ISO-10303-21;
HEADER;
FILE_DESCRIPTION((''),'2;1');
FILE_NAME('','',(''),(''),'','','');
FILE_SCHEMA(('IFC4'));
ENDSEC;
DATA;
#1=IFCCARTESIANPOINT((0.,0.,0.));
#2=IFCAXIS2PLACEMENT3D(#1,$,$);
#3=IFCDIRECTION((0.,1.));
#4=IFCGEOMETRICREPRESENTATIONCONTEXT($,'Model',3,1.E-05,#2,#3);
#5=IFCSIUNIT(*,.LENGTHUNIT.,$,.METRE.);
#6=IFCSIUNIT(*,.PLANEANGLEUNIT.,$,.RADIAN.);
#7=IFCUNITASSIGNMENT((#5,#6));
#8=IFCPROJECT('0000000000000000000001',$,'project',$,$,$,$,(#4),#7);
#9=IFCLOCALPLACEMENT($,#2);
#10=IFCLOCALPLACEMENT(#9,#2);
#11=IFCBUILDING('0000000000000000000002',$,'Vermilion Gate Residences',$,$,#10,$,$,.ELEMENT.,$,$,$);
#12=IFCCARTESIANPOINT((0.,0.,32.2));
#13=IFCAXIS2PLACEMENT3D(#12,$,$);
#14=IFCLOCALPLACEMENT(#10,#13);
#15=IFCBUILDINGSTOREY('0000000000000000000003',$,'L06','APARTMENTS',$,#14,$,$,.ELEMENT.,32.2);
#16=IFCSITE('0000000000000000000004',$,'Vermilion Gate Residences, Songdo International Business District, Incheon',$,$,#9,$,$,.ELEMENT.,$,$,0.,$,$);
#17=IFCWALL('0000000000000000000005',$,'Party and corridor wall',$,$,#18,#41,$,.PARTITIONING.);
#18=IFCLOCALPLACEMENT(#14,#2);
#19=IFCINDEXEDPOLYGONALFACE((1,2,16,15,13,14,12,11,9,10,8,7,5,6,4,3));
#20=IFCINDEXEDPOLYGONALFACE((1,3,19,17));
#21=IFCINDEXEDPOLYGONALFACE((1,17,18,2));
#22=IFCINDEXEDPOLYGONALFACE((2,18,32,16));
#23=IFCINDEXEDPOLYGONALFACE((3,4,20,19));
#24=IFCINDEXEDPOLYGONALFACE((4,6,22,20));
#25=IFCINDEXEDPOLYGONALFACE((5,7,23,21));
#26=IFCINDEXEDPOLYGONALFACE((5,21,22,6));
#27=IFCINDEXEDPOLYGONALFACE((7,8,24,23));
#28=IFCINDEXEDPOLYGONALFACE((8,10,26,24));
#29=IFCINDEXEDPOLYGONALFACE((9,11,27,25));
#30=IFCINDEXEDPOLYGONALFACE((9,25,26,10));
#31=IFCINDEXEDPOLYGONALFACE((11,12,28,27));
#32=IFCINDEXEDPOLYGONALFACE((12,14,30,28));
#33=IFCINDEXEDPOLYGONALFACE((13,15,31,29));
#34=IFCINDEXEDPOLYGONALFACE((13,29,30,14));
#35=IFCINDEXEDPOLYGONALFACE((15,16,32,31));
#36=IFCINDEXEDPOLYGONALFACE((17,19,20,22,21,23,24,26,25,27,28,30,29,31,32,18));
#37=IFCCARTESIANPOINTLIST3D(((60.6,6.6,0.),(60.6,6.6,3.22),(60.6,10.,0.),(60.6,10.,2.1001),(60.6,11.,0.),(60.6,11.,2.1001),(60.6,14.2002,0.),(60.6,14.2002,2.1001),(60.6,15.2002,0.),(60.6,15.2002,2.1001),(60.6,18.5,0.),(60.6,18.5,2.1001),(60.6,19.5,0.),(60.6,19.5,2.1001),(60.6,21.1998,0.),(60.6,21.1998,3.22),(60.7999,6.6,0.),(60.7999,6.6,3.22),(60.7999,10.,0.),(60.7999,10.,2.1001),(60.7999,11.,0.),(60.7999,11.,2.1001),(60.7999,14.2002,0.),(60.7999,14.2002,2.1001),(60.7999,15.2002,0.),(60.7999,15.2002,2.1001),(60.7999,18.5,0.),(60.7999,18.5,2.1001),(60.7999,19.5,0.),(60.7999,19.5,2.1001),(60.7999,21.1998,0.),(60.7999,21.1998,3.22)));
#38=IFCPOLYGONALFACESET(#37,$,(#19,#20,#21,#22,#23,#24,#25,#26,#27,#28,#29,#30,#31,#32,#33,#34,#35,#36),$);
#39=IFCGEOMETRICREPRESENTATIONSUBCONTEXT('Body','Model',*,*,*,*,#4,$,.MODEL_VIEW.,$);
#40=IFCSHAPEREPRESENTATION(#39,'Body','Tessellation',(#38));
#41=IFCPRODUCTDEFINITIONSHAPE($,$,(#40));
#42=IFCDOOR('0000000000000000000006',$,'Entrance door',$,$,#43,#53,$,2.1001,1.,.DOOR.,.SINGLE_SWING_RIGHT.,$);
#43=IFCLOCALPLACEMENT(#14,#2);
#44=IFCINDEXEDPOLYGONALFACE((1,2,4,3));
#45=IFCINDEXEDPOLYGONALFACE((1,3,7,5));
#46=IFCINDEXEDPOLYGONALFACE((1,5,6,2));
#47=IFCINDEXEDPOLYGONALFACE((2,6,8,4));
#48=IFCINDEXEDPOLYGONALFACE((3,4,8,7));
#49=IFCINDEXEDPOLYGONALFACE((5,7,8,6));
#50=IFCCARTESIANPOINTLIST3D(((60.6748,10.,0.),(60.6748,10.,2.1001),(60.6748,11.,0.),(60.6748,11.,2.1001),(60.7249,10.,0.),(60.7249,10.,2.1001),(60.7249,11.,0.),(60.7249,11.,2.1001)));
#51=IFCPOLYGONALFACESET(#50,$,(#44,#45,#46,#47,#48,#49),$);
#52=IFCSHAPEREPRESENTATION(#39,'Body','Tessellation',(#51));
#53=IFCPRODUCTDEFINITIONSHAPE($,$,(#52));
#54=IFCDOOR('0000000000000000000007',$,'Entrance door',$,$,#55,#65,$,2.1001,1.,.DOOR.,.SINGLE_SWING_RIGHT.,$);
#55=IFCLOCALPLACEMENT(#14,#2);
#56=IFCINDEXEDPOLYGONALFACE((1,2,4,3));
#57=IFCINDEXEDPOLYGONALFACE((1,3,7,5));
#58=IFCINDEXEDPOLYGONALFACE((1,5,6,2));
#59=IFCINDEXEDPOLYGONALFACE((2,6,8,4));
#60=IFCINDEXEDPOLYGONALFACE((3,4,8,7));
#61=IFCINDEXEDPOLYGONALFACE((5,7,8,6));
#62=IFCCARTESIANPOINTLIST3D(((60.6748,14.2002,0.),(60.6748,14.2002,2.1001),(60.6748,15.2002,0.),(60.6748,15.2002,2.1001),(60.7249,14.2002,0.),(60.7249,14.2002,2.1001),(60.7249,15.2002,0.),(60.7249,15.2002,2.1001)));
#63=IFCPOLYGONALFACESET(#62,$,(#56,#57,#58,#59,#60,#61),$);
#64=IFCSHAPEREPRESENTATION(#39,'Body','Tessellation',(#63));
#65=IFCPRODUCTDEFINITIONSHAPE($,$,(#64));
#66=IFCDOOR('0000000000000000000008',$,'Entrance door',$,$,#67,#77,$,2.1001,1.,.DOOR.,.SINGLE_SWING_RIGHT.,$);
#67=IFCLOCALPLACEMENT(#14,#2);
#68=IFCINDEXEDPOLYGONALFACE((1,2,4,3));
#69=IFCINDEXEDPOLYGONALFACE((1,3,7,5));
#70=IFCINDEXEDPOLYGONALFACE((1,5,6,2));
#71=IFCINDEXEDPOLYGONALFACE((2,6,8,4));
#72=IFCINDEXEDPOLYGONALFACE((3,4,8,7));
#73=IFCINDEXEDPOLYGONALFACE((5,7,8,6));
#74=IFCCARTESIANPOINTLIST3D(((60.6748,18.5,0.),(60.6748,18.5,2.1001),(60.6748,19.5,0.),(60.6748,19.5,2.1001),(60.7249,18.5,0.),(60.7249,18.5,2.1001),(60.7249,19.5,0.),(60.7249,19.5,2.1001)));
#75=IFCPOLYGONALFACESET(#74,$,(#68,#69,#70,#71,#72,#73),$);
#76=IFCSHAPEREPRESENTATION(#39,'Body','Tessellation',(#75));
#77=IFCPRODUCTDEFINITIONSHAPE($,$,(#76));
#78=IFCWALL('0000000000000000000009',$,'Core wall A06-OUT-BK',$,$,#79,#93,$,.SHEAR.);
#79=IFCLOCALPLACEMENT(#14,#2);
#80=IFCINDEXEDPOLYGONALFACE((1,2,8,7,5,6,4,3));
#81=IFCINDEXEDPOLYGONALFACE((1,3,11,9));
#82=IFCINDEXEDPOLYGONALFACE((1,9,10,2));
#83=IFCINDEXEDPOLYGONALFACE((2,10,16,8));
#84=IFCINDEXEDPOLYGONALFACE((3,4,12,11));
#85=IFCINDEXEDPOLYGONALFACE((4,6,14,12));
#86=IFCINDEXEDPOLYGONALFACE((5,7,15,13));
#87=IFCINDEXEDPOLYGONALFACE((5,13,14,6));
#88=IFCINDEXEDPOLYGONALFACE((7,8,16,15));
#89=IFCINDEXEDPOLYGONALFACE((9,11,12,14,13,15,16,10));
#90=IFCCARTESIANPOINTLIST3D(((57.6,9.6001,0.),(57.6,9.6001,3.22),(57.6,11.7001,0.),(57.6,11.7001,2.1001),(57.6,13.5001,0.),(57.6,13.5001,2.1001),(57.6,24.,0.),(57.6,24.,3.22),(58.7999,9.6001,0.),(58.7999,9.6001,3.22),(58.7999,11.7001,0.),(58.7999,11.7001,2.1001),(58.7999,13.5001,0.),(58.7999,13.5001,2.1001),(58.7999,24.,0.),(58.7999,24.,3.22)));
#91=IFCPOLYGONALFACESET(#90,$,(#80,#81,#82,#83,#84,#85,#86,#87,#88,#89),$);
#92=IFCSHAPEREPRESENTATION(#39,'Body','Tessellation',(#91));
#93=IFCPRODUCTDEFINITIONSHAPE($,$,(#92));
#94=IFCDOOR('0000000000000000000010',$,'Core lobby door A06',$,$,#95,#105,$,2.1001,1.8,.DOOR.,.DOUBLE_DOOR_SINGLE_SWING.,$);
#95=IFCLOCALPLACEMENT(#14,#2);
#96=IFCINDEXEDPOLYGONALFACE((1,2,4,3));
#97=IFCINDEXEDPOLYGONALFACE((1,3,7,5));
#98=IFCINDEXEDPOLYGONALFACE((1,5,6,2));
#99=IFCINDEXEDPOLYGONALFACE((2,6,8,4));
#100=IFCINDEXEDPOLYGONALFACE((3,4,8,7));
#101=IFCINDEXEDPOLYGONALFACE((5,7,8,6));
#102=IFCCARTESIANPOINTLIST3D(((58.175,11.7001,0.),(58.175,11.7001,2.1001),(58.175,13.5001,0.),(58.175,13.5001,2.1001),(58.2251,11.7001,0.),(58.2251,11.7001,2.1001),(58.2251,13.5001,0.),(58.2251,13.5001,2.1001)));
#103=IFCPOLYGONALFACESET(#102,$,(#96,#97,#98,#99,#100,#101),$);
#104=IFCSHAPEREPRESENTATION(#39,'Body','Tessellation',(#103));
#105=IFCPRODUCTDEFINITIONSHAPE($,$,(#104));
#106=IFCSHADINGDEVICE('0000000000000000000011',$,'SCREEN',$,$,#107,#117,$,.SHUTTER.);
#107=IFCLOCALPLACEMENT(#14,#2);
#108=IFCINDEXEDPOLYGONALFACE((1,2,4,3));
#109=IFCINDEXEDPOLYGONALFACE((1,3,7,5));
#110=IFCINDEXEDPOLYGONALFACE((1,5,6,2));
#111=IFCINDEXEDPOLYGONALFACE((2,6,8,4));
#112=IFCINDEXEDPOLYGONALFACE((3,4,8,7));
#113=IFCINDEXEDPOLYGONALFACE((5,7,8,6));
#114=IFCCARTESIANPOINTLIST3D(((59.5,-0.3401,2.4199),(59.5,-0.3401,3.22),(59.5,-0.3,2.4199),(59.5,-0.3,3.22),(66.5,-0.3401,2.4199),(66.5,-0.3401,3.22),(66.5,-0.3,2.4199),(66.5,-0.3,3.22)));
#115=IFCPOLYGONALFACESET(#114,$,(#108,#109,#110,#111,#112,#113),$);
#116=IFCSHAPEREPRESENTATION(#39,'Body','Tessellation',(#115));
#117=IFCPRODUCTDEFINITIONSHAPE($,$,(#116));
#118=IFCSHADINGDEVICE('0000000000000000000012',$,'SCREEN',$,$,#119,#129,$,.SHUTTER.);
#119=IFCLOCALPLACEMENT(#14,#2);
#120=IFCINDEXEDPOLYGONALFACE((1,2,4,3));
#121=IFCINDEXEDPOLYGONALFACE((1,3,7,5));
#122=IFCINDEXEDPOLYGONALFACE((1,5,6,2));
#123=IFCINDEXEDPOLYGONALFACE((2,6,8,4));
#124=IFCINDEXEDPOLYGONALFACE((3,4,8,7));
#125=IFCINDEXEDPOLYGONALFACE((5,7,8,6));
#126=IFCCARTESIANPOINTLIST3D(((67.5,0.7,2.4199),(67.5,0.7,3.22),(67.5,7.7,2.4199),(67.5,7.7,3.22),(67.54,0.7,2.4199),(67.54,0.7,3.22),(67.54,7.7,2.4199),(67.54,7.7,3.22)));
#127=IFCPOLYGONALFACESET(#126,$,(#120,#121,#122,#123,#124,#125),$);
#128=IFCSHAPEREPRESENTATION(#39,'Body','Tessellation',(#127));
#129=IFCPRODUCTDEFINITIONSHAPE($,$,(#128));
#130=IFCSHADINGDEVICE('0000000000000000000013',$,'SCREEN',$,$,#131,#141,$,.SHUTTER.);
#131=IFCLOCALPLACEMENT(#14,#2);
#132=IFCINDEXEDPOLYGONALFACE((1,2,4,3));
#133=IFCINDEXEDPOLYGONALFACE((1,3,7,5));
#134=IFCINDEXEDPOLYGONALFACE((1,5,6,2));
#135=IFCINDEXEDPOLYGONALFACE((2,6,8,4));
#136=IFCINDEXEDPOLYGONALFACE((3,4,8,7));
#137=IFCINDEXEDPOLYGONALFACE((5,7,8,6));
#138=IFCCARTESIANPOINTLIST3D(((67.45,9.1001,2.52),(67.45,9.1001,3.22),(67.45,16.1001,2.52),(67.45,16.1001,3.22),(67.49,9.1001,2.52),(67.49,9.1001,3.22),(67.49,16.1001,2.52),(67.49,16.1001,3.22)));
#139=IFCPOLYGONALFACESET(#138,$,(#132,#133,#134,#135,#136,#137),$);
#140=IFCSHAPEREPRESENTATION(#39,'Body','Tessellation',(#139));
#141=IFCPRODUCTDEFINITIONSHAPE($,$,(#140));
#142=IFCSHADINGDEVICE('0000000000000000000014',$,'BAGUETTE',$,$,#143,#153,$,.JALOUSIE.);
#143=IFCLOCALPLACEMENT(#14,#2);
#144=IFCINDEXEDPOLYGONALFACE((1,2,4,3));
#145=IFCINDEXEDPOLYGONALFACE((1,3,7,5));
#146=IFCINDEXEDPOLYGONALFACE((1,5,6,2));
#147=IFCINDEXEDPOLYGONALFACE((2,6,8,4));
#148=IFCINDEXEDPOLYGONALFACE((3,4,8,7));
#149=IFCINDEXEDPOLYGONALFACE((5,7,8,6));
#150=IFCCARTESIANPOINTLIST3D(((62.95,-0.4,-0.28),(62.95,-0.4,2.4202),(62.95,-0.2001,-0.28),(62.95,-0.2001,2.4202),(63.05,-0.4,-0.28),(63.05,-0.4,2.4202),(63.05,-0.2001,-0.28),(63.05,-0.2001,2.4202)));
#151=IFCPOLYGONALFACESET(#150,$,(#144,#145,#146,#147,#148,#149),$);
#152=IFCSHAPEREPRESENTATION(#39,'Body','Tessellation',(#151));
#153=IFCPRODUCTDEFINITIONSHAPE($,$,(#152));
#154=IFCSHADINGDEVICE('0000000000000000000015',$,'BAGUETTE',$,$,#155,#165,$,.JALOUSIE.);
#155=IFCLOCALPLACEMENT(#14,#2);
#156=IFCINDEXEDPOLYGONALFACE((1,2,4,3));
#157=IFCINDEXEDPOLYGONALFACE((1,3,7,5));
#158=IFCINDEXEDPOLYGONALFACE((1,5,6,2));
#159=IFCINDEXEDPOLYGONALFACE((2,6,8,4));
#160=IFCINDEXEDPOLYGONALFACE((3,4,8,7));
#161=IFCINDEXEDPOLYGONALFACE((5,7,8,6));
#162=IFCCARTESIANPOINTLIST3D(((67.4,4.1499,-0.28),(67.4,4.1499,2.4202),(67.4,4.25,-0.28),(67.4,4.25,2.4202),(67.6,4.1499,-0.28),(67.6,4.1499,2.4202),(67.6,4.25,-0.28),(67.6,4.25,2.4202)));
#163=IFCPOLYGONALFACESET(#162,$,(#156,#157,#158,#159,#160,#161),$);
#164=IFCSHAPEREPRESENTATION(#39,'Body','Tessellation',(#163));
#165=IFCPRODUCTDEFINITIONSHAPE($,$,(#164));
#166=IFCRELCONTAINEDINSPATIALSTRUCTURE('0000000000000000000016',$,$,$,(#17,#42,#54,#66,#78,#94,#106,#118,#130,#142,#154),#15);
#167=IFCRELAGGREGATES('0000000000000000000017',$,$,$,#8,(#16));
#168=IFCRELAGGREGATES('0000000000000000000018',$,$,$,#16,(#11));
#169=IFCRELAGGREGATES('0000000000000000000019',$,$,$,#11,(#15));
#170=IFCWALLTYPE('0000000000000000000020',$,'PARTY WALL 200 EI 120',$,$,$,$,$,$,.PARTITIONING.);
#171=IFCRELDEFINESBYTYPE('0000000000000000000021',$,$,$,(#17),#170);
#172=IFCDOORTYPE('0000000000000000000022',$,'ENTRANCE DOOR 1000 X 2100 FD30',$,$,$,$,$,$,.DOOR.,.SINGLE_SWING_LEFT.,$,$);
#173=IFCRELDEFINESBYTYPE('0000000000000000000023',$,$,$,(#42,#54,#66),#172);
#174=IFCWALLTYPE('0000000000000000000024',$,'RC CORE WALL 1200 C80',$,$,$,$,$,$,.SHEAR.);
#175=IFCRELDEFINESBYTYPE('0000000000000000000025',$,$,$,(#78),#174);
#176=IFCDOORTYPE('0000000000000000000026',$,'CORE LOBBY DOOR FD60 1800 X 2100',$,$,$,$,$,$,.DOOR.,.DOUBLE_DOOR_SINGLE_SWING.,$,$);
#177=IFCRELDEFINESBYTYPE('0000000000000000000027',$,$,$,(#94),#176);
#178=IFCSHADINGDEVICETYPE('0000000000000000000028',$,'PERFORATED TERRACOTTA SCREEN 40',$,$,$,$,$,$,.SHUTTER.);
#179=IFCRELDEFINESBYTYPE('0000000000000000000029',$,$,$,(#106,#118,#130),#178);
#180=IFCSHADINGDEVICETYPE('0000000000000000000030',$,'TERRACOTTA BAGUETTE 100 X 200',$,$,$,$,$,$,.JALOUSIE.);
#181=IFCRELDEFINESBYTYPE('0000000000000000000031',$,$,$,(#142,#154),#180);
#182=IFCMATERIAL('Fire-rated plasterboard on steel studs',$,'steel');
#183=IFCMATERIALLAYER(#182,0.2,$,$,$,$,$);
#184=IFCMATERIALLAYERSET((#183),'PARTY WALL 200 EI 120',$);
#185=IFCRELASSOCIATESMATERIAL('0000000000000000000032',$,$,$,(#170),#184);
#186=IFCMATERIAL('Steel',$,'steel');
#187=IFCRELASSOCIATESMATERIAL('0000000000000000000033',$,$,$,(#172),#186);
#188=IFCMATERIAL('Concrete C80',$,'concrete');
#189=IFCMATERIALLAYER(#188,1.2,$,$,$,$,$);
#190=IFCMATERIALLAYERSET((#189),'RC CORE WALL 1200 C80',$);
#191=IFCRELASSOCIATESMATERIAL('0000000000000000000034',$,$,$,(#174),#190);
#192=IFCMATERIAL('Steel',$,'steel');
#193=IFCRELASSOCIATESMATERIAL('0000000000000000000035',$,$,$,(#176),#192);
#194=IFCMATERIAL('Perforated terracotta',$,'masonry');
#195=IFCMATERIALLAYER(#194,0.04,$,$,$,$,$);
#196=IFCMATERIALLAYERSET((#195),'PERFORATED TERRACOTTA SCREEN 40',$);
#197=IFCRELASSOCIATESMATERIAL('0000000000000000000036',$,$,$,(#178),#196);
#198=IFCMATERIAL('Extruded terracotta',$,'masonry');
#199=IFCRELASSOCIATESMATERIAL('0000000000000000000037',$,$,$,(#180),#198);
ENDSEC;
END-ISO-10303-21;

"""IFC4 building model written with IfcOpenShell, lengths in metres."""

from ifc_helpers import new_model, si_unit, direction, frame, frame_2d, origin, origin_2d, place, context, subcontext, project, spatial, rectangle, extrude, material, layer, layer_set, material_profile, profile_set, type_object, element, fill, save


model = new_model("IFC4")

# Units and contexts
model_context = context("Model", 3, precision=1e-05, world=origin(), true_north=direction((0.0, 1.0)))
body_context = subcontext(model_context, "Body", "Model", "MODEL_VIEW")
ifc_project = project(units=[si_unit("LENGTHUNIT", "METRE"), si_unit("PLANEANGLEUNIT", "RADIAN")], contexts=[model_context])

# Site, building, storey
site_placement = place(None, origin())
site = spatial("IfcSite", under=ifc_project, at=site_placement, Name="Vermilion Gate Residences, Songdo International Business District, Incheon", CompositionType="ELEMENT", RefElevation=0.0)
building_placement = place(site_placement, origin())
building = spatial("IfcBuilding", under=site, at=building_placement, Name="Vermilion Gate Residences", CompositionType="ELEMENT")
storey_placement = place(building_placement, frame((0.0, 0.0, 32.2)))
storey = spatial("IfcBuildingStorey", under=building, at=storey_placement, Name="L06", Description="APARTMENTS", CompositionType="ELEMENT", Elevation=32.2)

# Shared definitions
ifc_material_1 = material(Name="Fire-rated plasterboard on steel studs", Category="steel")
ifc_layer_1 = layer(ifc_material_1, 0.2)
ifc_layer_set_1 = layer_set([ifc_layer_1], Name="PARTY WALL 200 EI 120")
wall_type_1 = type_object("IfcWallType", Name="PARTY WALL 200 EI 120", PredefinedType="PARTITIONING", material=ifc_layer_set_1)

# Wall, openings, doors
wall_1_placement = place(storey_placement, frame((60.7, 6.6001, 0.0), z_axis=(0.0, 0.0, 1.0), x_axis=(0.0, 1.0, 0.0)))
wall_1 = element("IfcWall", 1, at=wall_1_placement, inside=storey, type_object=wall_type_1, Name="Party and corridor wall", PredefinedType="PARTITIONING", context=body_context, shape_type="SweptSolid", body=[
    extrude(rectangle(XDim=14.5999, YDim=0.2, at=frame_2d((7.2998, 0.0))), origin(), (0.0, 0.0, 1.0), 3.22),
])
opening_1_placement = place(wall_1_placement, frame((3.3999, 0.0, 0.0)))
opening_1 = element("IfcOpeningElement", 2, at=opening_1_placement, cuts=wall_1, PredefinedType="OPENING", context=body_context, shape_type="SweptSolid", body=[
    extrude(rectangle(XDim=1.0, YDim=2.1001, at=frame_2d((0.5, 1.05))), frame((0.0, 0.1099, 0.0), z_axis=(0.0, -1.0, 0.0), x_axis=(1.0, 0.0, 0.0)), (0.0, 0.0, 1.0), 0.22),
])
opening_2_placement = place(wall_1_placement, frame((7.6001, 0.0, 0.0)))
opening_2 = element("IfcOpeningElement", 3, at=opening_2_placement, cuts=wall_1, PredefinedType="OPENING", context=body_context, shape_type="SweptSolid", body=[
    extrude(rectangle(XDim=1.0, YDim=2.1001, at=frame_2d((0.5, 1.05))), frame((0.0, 0.1099, 0.0), z_axis=(0.0, -1.0, 0.0), x_axis=(1.0, 0.0, 0.0)), (0.0, 0.0, 1.0), 0.22),
])
opening_3_placement = place(wall_1_placement, frame((11.8999, 0.0, 0.0)))
opening_3 = element("IfcOpeningElement", 4, at=opening_3_placement, cuts=wall_1, PredefinedType="OPENING", context=body_context, shape_type="SweptSolid", body=[
    extrude(rectangle(XDim=1.0, YDim=2.1001, at=frame_2d((0.5, 1.05))), frame((0.0, 0.1099, 0.0), z_axis=(0.0, -1.0, 0.0), x_axis=(1.0, 0.0, 0.0)), (0.0, 0.0, 1.0), 0.22),
])
ifc_material_2 = material(Name="Steel", Category="steel")
door_type_1 = type_object("IfcDoorType", Name="ENTRANCE DOOR 1000 X 2100 FD30", OperationType="SINGLE_SWING_LEFT", PredefinedType="DOOR", material=ifc_material_2)
door_1_placement = place(opening_1_placement, frame((1.0, 0.0, 0.0), z_axis=(0.0, 0.0, 1.0), x_axis=(-1.0, 0.0, 0.0)))
door_1 = element("IfcDoor", 5, at=door_1_placement, inside=storey, type_object=door_type_1, Name="Entrance door", OperationType="SINGLE_SWING_RIGHT", OverallHeight=2.1001, OverallWidth=1.0, PredefinedType="DOOR", context=body_context, shape_type="SweptSolid", body=[
    extrude(rectangle(XDim=1.0, YDim=2.1001, at=frame_2d((0.5, 1.05))), frame((0.0, 0.0249, 0.0), z_axis=(0.0, -1.0, 0.0), x_axis=(1.0, 0.0, 0.0)), (0.0, 0.0, 1.0), 0.05),
])
fill(opening_1, door_1)
door_2_placement = place(opening_2_placement, frame((1.0, 0.0, 0.0), z_axis=(0.0, 0.0, 1.0), x_axis=(-1.0, 0.0, 0.0)))
door_2 = element("IfcDoor", 6, at=door_2_placement, inside=storey, type_object=door_type_1, Name="Entrance door", OperationType="SINGLE_SWING_RIGHT", OverallHeight=2.1001, OverallWidth=1.0, PredefinedType="DOOR", context=body_context, shape_type="SweptSolid", body=[
    extrude(rectangle(XDim=1.0, YDim=2.1001, at=frame_2d((0.5, 1.05))), frame((0.0, 0.0249, 0.0), z_axis=(0.0, -1.0, 0.0), x_axis=(1.0, 0.0, 0.0)), (0.0, 0.0, 1.0), 0.05),
])
fill(opening_2, door_2)
door_3_placement = place(opening_3_placement, frame((1.0, 0.0, 0.0), z_axis=(0.0, 0.0, 1.0), x_axis=(-1.0, 0.0, 0.0)))
door_3 = element("IfcDoor", 7, at=door_3_placement, inside=storey, type_object=door_type_1, Name="Entrance door", OperationType="SINGLE_SWING_RIGHT", OverallHeight=2.1001, OverallWidth=1.0, PredefinedType="DOOR", context=body_context, shape_type="SweptSolid", body=[
    extrude(rectangle(XDim=1.0, YDim=2.1001, at=frame_2d((0.5, 1.05))), frame((0.0, 0.0249, 0.0), z_axis=(0.0, -1.0, 0.0), x_axis=(1.0, 0.0, 0.0)), (0.0, 0.0, 1.0), 0.05),
])
fill(opening_3, door_3)

# Wall, opening, door
ifc_material_3 = material(Name="Concrete C80", Category="concrete")
ifc_layer_2 = layer(ifc_material_3, 1.2)
ifc_layer_set_2 = layer_set([ifc_layer_2], Name="RC CORE WALL 1200 C80")
wall_type_2 = type_object("IfcWallType", Name="RC CORE WALL 1200 C80", PredefinedType="SHEAR", material=ifc_layer_set_2)
wall_2_placement = place(storey_placement, frame((58.2, 9.6001, 0.0), z_axis=(0.0, 0.0, 1.0), x_axis=(0.0, 1.0, 0.0)))
wall_2 = element("IfcWall", 8, at=wall_2_placement, inside=storey, type_object=wall_type_2, Name="Core wall A06-OUT-BK", PredefinedType="SHEAR", context=body_context, shape_type="SweptSolid", body=[
    extrude(rectangle(XDim=14.3999, YDim=1.2, at=frame_2d((7.2, 0.0))), origin(), (0.0, 0.0, 1.0), 3.22),
])
opening_4_placement = place(wall_2_placement, frame((2.1001, 0.0, 0.0)))
opening_4 = element("IfcOpeningElement", 9, at=opening_4_placement, cuts=wall_2, PredefinedType="OPENING", context=body_context, shape_type="SweptSolid", body=[
    extrude(rectangle(XDim=1.8, YDim=2.1001, at=frame_2d((0.8999, 1.05))), frame((0.0, 0.6099, 0.0), z_axis=(0.0, -1.0, 0.0), x_axis=(1.0, 0.0, 0.0)), (0.0, 0.0, 1.0), 1.22),
])
ifc_material_4 = material(Name="Steel", Category="steel")
door_type_2 = type_object("IfcDoorType", Name="CORE LOBBY DOOR FD60 1800 X 2100", OperationType="DOUBLE_DOOR_SINGLE_SWING", PredefinedType="DOOR", material=ifc_material_4)
door_4_placement = place(opening_4_placement, origin())
door_4 = element("IfcDoor", 10, at=door_4_placement, inside=storey, type_object=door_type_2, Name="Core lobby door A06", OperationType="DOUBLE_DOOR_SINGLE_SWING", OverallHeight=2.1001, OverallWidth=1.8, PredefinedType="DOOR", context=body_context, shape_type="SweptSolid", body=[
    extrude(rectangle(XDim=1.8, YDim=2.1001, at=frame_2d((0.8999, 1.05))), frame((0.0, 0.0249, 0.0), z_axis=(0.0, -1.0, 0.0), x_axis=(1.0, 0.0, 0.0)), (0.0, 0.0, 1.0), 0.05),
])
fill(opening_4, door_4)

# Shading devices
ifc_material_5 = material(Name="Perforated terracotta", Category="masonry")
ifc_layer_3 = layer(ifc_material_5, 0.04)
ifc_layer_set_3 = layer_set([ifc_layer_3], Name="PERFORATED TERRACOTTA SCREEN 40")
shading_device_type_1 = type_object("IfcShadingDeviceType", Name="PERFORATED TERRACOTTA SCREEN 40", PredefinedType="SHUTTER", material=ifc_layer_set_3)
for number, where, z_axis, x_axis, name in (
    (11, (63.0, -0.3201, 2.4199), (0.0, 0.0, 1.0), (1.0, 0.0, 0.0), "SCREEN"),
    (12, (67.52, 4.2, 2.4199), (0.0, 0.0, 1.0), (0.0, 1.0, 0.0), "SCREEN"),
):
    element("IfcShadingDevice", number, at=place(storey_placement, frame(where, z_axis=z_axis, x_axis=x_axis)), inside=storey, type_object=shading_device_type_1, Name=name, PredefinedType="SHUTTER", context=body_context, shape_type="SweptSolid", body=[
        extrude(rectangle(XDim=7.0, YDim=0.04, at=origin_2d()), origin(), (0.0, 0.0, 1.0), 0.8),
    ])
shading_device_1_placement = place(storey_placement, frame((67.47, 12.6001, 2.52), z_axis=(0.0, 0.0, 1.0), x_axis=(0.0, 1.0, 0.0)))
element("IfcShadingDevice", 13, at=shading_device_1_placement, inside=storey, type_object=shading_device_type_1, Name="SCREEN", PredefinedType="SHUTTER", context=body_context, shape_type="SweptSolid", body=[
    extrude(rectangle(XDim=7.0, YDim=0.04, at=origin_2d()), origin(), (0.0, 0.0, 1.0), 0.7),
])
ifc_material_6 = material(Name="Extruded terracotta", Category="masonry")
ifc_material_profile_1 = material_profile(ifc_material_6, rectangle(XDim=0.2, YDim=0.1001, at=origin_2d()), Name="BAGUETTE 100 X 200")
ifc_profile_set_1 = profile_set([ifc_material_profile_1], Name="Extruded terracotta")
shading_device_type_2 = type_object("IfcShadingDeviceType", Name="TERRACOTTA BAGUETTE 100 X 200", PredefinedType="JALOUSIE", material=ifc_profile_set_1)
for number, where, z_axis, x_axis, name in (
    (14, (63.0, -0.3, -0.28), (0.0, 0.0, 1.0), (0.0, 1.0, 0.0), "BAGUETTE"),
    (15, (67.5, 4.2, -0.28), (0.0, 0.0, 1.0), (-1.0, 0.0, 0.0), "BAGUETTE"),
):
    element("IfcShadingDevice", number, at=place(storey_placement, frame(where, z_axis=z_axis, x_axis=x_axis)), inside=storey, type_object=shading_device_type_2, Name=name, PredefinedType="JALOUSIE", context=body_context, shape_type="SweptSolid", body=[
        extrude(rectangle(XDim=0.2, YDim=0.1001, at=origin_2d()), origin(), (0.0, 0.0, 1.0), 2.7002),
    ])

save(model, "model.ifc")
